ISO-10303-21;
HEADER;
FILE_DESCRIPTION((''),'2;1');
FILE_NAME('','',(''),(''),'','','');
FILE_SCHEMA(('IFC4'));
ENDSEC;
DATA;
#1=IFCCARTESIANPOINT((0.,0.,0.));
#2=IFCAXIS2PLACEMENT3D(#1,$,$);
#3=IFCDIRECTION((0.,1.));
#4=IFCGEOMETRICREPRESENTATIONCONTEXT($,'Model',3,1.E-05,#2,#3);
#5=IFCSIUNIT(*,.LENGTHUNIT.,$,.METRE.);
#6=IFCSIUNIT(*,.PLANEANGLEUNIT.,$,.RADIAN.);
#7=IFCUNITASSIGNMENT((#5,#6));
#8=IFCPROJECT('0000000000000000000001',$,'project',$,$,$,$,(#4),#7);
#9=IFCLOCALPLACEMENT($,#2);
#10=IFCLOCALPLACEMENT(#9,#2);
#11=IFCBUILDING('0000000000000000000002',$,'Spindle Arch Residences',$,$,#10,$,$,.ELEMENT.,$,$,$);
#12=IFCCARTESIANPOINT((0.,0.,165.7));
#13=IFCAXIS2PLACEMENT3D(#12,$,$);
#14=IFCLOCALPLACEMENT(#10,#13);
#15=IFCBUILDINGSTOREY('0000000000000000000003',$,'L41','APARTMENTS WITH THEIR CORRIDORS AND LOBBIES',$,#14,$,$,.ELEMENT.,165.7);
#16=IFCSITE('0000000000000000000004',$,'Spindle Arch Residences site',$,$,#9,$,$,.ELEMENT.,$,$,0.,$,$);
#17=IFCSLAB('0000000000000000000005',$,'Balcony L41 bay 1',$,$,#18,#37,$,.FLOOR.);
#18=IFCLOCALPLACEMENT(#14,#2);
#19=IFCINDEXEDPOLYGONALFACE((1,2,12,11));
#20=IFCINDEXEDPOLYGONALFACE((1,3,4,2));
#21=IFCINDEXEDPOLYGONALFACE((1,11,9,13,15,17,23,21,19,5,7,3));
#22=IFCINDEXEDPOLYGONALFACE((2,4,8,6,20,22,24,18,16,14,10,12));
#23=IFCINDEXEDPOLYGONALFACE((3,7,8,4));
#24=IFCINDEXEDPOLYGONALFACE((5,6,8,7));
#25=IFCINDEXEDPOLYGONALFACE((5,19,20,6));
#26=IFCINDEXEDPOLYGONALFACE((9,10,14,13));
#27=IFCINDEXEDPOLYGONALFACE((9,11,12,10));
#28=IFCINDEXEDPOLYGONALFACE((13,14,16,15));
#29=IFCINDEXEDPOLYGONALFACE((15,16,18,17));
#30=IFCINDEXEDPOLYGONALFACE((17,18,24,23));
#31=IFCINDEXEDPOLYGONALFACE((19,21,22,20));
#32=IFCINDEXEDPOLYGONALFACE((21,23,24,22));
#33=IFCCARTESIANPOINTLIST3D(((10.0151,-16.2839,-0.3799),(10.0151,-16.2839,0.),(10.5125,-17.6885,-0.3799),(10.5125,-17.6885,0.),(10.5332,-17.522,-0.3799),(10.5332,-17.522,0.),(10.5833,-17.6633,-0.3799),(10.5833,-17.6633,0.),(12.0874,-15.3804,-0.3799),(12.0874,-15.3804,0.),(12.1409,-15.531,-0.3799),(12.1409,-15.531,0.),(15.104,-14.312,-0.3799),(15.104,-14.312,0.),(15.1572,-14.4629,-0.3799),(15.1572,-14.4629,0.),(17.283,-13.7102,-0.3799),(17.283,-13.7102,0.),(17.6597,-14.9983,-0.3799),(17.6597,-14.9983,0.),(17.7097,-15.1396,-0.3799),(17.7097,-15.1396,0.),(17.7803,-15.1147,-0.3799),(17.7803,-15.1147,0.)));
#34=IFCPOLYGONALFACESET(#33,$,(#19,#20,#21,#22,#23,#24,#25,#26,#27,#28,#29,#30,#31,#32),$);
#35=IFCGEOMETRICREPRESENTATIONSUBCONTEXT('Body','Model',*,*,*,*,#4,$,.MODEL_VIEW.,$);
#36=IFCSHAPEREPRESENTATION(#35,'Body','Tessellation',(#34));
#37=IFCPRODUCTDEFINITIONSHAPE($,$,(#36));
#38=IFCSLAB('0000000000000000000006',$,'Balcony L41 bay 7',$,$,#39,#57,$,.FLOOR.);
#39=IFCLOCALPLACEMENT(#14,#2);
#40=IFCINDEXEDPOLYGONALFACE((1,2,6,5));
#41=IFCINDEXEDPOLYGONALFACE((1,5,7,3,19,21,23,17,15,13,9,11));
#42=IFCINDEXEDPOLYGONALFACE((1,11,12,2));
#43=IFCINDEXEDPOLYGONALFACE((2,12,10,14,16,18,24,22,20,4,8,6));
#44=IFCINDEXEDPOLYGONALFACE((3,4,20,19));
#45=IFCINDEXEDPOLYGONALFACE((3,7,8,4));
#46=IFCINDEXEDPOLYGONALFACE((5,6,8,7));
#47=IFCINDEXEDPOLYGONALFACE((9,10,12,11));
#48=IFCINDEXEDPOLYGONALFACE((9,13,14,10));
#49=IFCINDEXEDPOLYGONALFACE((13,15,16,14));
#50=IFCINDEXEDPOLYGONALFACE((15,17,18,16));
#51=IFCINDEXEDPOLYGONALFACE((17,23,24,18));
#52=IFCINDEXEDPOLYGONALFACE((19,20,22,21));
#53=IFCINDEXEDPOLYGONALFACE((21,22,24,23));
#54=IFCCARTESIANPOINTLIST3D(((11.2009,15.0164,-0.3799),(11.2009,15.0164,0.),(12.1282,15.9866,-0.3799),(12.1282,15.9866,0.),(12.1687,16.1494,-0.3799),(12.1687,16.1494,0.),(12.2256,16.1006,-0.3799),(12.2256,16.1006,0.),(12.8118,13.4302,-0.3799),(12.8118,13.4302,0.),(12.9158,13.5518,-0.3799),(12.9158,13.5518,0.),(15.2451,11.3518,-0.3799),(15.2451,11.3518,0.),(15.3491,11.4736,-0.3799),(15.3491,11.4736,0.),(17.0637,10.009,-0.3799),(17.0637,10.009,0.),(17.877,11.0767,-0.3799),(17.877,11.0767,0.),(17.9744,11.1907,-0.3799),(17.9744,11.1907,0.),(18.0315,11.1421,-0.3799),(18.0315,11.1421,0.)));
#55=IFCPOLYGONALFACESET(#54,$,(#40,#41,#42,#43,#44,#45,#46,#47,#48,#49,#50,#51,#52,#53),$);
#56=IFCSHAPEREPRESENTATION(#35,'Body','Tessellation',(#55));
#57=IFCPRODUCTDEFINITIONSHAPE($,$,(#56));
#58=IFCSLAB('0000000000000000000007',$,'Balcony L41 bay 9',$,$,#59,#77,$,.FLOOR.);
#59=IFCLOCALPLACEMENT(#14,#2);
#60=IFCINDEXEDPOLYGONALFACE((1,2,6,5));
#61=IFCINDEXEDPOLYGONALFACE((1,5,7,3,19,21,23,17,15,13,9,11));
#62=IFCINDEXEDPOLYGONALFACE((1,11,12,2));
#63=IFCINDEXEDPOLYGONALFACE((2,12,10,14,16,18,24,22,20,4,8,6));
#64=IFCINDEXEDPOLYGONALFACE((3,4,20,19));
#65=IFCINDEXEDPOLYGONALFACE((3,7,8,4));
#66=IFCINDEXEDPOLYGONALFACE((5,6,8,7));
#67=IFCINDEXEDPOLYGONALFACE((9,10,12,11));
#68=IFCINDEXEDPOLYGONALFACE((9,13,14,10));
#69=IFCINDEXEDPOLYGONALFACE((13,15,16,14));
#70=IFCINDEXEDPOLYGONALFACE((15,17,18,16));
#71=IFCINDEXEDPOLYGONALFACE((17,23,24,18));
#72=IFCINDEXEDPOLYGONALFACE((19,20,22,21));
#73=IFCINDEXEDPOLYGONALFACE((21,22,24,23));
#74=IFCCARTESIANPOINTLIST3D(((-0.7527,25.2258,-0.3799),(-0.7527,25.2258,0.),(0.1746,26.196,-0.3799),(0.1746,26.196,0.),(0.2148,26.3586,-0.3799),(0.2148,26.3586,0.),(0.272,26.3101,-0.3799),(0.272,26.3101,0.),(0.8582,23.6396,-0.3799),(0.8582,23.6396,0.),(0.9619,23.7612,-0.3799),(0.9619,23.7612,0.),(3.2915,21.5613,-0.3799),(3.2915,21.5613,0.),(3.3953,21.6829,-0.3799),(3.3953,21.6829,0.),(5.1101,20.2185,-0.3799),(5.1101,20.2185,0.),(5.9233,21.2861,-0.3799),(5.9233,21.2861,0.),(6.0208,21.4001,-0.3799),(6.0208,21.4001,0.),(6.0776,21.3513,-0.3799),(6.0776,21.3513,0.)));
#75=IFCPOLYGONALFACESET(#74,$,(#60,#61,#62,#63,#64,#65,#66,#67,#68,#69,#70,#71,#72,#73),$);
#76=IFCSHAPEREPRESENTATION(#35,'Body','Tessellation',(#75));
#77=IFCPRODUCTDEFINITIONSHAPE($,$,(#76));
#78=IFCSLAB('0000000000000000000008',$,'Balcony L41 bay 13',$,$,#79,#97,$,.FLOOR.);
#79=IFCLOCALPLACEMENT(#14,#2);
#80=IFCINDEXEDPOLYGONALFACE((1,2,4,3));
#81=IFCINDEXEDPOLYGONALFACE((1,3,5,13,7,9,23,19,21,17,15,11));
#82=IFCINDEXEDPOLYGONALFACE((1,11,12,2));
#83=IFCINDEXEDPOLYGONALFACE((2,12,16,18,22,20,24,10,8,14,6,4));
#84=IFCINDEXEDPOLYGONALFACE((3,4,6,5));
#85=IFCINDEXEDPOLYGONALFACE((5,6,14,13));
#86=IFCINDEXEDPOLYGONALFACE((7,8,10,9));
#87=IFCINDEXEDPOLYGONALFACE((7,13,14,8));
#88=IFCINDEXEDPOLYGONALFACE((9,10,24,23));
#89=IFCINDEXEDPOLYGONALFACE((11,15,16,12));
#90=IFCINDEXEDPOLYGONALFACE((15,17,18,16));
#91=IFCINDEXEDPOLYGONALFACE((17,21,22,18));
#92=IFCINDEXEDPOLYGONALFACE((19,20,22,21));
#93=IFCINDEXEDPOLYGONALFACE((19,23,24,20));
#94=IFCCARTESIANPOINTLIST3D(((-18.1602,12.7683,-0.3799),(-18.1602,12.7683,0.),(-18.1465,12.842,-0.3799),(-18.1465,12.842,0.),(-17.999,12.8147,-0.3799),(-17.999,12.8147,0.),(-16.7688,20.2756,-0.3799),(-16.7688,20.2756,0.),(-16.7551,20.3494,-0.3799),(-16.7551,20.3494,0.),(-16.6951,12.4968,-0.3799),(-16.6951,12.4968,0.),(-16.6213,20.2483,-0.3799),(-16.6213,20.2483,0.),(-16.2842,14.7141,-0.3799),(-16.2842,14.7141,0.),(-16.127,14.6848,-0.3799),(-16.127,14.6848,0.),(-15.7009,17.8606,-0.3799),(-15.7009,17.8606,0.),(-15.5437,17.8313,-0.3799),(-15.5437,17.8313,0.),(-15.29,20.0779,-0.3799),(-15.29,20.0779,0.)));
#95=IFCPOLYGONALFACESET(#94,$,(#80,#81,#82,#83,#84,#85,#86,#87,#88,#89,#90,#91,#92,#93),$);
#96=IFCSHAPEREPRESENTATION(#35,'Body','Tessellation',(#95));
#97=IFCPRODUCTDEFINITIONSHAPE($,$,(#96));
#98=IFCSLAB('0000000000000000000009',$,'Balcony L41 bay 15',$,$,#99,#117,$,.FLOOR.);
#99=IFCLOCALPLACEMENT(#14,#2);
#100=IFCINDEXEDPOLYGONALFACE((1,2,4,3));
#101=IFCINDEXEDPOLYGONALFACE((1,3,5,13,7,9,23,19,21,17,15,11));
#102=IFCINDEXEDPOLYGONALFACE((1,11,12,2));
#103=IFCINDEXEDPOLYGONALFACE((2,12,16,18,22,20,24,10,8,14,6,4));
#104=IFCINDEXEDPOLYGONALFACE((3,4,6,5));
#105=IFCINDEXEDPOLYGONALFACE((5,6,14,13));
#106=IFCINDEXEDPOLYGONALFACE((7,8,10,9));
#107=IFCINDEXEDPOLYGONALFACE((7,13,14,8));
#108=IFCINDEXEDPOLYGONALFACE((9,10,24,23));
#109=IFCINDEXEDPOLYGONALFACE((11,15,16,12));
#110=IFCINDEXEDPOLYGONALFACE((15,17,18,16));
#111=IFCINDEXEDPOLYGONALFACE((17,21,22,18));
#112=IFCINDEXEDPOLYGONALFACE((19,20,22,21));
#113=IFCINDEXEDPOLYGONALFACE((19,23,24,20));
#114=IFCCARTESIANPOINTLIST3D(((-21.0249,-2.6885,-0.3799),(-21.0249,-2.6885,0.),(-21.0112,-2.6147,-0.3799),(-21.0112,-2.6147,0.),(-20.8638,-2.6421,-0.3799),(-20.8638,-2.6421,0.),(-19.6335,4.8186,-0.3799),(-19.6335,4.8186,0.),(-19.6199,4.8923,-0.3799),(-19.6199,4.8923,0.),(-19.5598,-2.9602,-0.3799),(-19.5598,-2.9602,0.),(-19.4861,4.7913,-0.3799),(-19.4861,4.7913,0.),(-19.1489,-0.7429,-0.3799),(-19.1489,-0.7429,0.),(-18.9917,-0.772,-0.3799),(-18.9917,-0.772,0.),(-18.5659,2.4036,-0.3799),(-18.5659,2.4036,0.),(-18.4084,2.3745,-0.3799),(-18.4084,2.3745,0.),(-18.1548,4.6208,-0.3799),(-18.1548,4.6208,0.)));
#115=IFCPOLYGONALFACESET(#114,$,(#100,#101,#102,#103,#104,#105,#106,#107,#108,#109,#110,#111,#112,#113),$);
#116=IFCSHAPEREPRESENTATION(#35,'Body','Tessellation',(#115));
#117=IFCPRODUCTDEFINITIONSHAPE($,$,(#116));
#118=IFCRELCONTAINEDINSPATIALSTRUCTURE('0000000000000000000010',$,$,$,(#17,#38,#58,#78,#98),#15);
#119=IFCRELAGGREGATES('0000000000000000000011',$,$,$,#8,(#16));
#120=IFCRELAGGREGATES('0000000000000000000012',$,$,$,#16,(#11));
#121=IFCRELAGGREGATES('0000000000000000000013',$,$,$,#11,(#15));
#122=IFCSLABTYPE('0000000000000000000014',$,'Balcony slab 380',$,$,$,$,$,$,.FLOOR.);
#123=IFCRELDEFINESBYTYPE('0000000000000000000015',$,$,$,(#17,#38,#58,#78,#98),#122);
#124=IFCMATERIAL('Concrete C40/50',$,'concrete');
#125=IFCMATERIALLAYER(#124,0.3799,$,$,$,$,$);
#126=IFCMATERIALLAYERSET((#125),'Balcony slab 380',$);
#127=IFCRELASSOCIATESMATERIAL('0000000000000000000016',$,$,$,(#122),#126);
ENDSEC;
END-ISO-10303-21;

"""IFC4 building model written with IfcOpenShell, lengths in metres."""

from ifc_helpers import new_model, si_unit, direction, frame, origin, place, context, subcontext, project, spatial, polyline, outline, extrude, material, layer, layer_set, type_object, element, save


model = new_model("IFC4")

# Units and contexts
model_context = context("Model", 3, precision=1e-05, world=origin(), true_north=direction((0.0, 1.0)))
body_context = subcontext(model_context, "Body", "Model", "MODEL_VIEW")
ifc_project = project(units=[si_unit("LENGTHUNIT", "METRE"), si_unit("PLANEANGLEUNIT", "RADIAN")], contexts=[model_context])

# Site, building, storey
site_placement = place(None, origin())
site = spatial("IfcSite", under=ifc_project, at=site_placement, Name="Spindle Arch Residences site", CompositionType="ELEMENT", RefElevation=0.0)
building_placement = place(site_placement, origin())
building = spatial("IfcBuilding", under=site, at=building_placement, Name="Spindle Arch Residences", CompositionType="ELEMENT")
storey_placement = place(building_placement, frame((0.0, 0.0, 165.7)))
storey = spatial("IfcBuildingStorey", under=building, at=storey_placement, Name="L41", Description="APARTMENTS WITH THEIR CORRIDORS AND LOBBIES", CompositionType="ELEMENT", Elevation=165.7)

# Slabs
ifc_material_1 = material(Name="Concrete C40/50", Category="concrete")
ifc_layer_1 = layer(ifc_material_1, 0.3799)
ifc_layer_set_1 = layer_set([ifc_layer_1], Name="Balcony slab 380")
slab_type_1 = type_object("IfcSlabType", Name="Balcony slab 380", PredefinedType="FLOOR", material=ifc_layer_set_1)
slab_1_placement = place(storey_placement, frame((0.0, 0.0, -0.3799)))
element("IfcSlab", 1, at=slab_1_placement, inside=storey, type_object=slab_type_1, Name="Balcony L41 bay 1", PredefinedType="FLOOR", context=body_context, shape_type="SweptSolid", body=[
    extrude(outline(polyline([(10.5125, -17.6885), (10.5833, -17.6633), (10.5332, -17.522), (17.6597, -14.9983), (17.7097, -15.1396), (17.7803, -15.1147), (17.283, -13.7102), (15.1572, -14.4629), (15.104, -14.312), (12.0874, -15.3804), (12.1409, -15.531), (10.0151, -16.2839), (10.5125, -17.6885)])), origin(), (0.0, 0.0, 1.0), 0.3799),
])
slab_2_placement = place(storey_placement, frame((0.0, 0.0, -0.3799)))
element("IfcSlab", 2, at=slab_2_placement, inside=storey, type_object=slab_type_1, Name="Balcony L41 bay 7", PredefinedType="FLOOR", context=body_context, shape_type="SweptSolid", body=[
    extrude(outline(polyline([(18.0315, 11.1421), (17.9744, 11.1907), (17.877, 11.0767), (12.1282, 15.9866), (12.2256, 16.1006), (12.1687, 16.1494), (11.2009, 15.0164), (12.9158, 13.5518), (12.8118, 13.4302), (15.2451, 11.3518), (15.3491, 11.4736), (17.0637, 10.009), (18.0315, 11.1421)])), origin(), (0.0, 0.0, 1.0), 0.3799),
])
slab_3_placement = place(storey_placement, frame((0.0, 0.0, -0.3799)))
element("IfcSlab", 3, at=slab_3_placement, inside=storey, type_object=slab_type_1, Name="Balcony L41 bay 9", PredefinedType="FLOOR", context=body_context, shape_type="SweptSolid", body=[
    extrude(outline(polyline([(6.0776, 21.3513), (6.0208, 21.4001), (5.9233, 21.2861), (0.1746, 26.196), (0.272, 26.3101), (0.2148, 26.3586), (-0.7527, 25.2258), (0.9619, 23.7612), (0.8582, 23.6396), (3.2915, 21.5613), (3.3953, 21.6829), (5.1101, 20.2185), (6.0776, 21.3513)])), origin(), (0.0, 0.0, 1.0), 0.3799),
])
slab_4_placement = place(storey_placement, frame((0.0, 0.0, -0.3799)))
element("IfcSlab", 4, at=slab_4_placement, inside=storey, type_object=slab_type_1, Name="Balcony L41 bay 13", PredefinedType="FLOOR", context=body_context, shape_type="SweptSolid", body=[
    extrude(outline(polyline([(-16.7551, 20.3494), (-16.7688, 20.2756), (-16.6213, 20.2483), (-17.999, 12.8147), (-18.1465, 12.842), (-18.1602, 12.7683), (-16.6951, 12.4968), (-16.2842, 14.7141), (-16.127, 14.6848), (-15.5437, 17.8313), (-15.7009, 17.8606), (-15.29, 20.0779), (-16.7551, 20.3494)])), origin(), (0.0, 0.0, 1.0), 0.3799),
])
slab_5_placement = place(storey_placement, frame((0.0, 0.0, -0.3799)))
element("IfcSlab", 5, at=slab_5_placement, inside=storey, type_object=slab_type_1, Name="Balcony L41 bay 15", PredefinedType="FLOOR", context=body_context, shape_type="SweptSolid", body=[
    extrude(outline(polyline([(-19.6199, 4.8923), (-19.6335, 4.8186), (-19.4861, 4.7913), (-20.8638, -2.6421), (-21.0112, -2.6147), (-21.0249, -2.6885), (-19.5598, -2.9602), (-19.1489, -0.7429), (-18.9917, -0.772), (-18.4084, 2.3745), (-18.5659, 2.4036), (-18.1548, 4.6208), (-19.6199, 4.8923)])), origin(), (0.0, 0.0, 1.0), 0.3799),
])

save(model, "model.ifc")
